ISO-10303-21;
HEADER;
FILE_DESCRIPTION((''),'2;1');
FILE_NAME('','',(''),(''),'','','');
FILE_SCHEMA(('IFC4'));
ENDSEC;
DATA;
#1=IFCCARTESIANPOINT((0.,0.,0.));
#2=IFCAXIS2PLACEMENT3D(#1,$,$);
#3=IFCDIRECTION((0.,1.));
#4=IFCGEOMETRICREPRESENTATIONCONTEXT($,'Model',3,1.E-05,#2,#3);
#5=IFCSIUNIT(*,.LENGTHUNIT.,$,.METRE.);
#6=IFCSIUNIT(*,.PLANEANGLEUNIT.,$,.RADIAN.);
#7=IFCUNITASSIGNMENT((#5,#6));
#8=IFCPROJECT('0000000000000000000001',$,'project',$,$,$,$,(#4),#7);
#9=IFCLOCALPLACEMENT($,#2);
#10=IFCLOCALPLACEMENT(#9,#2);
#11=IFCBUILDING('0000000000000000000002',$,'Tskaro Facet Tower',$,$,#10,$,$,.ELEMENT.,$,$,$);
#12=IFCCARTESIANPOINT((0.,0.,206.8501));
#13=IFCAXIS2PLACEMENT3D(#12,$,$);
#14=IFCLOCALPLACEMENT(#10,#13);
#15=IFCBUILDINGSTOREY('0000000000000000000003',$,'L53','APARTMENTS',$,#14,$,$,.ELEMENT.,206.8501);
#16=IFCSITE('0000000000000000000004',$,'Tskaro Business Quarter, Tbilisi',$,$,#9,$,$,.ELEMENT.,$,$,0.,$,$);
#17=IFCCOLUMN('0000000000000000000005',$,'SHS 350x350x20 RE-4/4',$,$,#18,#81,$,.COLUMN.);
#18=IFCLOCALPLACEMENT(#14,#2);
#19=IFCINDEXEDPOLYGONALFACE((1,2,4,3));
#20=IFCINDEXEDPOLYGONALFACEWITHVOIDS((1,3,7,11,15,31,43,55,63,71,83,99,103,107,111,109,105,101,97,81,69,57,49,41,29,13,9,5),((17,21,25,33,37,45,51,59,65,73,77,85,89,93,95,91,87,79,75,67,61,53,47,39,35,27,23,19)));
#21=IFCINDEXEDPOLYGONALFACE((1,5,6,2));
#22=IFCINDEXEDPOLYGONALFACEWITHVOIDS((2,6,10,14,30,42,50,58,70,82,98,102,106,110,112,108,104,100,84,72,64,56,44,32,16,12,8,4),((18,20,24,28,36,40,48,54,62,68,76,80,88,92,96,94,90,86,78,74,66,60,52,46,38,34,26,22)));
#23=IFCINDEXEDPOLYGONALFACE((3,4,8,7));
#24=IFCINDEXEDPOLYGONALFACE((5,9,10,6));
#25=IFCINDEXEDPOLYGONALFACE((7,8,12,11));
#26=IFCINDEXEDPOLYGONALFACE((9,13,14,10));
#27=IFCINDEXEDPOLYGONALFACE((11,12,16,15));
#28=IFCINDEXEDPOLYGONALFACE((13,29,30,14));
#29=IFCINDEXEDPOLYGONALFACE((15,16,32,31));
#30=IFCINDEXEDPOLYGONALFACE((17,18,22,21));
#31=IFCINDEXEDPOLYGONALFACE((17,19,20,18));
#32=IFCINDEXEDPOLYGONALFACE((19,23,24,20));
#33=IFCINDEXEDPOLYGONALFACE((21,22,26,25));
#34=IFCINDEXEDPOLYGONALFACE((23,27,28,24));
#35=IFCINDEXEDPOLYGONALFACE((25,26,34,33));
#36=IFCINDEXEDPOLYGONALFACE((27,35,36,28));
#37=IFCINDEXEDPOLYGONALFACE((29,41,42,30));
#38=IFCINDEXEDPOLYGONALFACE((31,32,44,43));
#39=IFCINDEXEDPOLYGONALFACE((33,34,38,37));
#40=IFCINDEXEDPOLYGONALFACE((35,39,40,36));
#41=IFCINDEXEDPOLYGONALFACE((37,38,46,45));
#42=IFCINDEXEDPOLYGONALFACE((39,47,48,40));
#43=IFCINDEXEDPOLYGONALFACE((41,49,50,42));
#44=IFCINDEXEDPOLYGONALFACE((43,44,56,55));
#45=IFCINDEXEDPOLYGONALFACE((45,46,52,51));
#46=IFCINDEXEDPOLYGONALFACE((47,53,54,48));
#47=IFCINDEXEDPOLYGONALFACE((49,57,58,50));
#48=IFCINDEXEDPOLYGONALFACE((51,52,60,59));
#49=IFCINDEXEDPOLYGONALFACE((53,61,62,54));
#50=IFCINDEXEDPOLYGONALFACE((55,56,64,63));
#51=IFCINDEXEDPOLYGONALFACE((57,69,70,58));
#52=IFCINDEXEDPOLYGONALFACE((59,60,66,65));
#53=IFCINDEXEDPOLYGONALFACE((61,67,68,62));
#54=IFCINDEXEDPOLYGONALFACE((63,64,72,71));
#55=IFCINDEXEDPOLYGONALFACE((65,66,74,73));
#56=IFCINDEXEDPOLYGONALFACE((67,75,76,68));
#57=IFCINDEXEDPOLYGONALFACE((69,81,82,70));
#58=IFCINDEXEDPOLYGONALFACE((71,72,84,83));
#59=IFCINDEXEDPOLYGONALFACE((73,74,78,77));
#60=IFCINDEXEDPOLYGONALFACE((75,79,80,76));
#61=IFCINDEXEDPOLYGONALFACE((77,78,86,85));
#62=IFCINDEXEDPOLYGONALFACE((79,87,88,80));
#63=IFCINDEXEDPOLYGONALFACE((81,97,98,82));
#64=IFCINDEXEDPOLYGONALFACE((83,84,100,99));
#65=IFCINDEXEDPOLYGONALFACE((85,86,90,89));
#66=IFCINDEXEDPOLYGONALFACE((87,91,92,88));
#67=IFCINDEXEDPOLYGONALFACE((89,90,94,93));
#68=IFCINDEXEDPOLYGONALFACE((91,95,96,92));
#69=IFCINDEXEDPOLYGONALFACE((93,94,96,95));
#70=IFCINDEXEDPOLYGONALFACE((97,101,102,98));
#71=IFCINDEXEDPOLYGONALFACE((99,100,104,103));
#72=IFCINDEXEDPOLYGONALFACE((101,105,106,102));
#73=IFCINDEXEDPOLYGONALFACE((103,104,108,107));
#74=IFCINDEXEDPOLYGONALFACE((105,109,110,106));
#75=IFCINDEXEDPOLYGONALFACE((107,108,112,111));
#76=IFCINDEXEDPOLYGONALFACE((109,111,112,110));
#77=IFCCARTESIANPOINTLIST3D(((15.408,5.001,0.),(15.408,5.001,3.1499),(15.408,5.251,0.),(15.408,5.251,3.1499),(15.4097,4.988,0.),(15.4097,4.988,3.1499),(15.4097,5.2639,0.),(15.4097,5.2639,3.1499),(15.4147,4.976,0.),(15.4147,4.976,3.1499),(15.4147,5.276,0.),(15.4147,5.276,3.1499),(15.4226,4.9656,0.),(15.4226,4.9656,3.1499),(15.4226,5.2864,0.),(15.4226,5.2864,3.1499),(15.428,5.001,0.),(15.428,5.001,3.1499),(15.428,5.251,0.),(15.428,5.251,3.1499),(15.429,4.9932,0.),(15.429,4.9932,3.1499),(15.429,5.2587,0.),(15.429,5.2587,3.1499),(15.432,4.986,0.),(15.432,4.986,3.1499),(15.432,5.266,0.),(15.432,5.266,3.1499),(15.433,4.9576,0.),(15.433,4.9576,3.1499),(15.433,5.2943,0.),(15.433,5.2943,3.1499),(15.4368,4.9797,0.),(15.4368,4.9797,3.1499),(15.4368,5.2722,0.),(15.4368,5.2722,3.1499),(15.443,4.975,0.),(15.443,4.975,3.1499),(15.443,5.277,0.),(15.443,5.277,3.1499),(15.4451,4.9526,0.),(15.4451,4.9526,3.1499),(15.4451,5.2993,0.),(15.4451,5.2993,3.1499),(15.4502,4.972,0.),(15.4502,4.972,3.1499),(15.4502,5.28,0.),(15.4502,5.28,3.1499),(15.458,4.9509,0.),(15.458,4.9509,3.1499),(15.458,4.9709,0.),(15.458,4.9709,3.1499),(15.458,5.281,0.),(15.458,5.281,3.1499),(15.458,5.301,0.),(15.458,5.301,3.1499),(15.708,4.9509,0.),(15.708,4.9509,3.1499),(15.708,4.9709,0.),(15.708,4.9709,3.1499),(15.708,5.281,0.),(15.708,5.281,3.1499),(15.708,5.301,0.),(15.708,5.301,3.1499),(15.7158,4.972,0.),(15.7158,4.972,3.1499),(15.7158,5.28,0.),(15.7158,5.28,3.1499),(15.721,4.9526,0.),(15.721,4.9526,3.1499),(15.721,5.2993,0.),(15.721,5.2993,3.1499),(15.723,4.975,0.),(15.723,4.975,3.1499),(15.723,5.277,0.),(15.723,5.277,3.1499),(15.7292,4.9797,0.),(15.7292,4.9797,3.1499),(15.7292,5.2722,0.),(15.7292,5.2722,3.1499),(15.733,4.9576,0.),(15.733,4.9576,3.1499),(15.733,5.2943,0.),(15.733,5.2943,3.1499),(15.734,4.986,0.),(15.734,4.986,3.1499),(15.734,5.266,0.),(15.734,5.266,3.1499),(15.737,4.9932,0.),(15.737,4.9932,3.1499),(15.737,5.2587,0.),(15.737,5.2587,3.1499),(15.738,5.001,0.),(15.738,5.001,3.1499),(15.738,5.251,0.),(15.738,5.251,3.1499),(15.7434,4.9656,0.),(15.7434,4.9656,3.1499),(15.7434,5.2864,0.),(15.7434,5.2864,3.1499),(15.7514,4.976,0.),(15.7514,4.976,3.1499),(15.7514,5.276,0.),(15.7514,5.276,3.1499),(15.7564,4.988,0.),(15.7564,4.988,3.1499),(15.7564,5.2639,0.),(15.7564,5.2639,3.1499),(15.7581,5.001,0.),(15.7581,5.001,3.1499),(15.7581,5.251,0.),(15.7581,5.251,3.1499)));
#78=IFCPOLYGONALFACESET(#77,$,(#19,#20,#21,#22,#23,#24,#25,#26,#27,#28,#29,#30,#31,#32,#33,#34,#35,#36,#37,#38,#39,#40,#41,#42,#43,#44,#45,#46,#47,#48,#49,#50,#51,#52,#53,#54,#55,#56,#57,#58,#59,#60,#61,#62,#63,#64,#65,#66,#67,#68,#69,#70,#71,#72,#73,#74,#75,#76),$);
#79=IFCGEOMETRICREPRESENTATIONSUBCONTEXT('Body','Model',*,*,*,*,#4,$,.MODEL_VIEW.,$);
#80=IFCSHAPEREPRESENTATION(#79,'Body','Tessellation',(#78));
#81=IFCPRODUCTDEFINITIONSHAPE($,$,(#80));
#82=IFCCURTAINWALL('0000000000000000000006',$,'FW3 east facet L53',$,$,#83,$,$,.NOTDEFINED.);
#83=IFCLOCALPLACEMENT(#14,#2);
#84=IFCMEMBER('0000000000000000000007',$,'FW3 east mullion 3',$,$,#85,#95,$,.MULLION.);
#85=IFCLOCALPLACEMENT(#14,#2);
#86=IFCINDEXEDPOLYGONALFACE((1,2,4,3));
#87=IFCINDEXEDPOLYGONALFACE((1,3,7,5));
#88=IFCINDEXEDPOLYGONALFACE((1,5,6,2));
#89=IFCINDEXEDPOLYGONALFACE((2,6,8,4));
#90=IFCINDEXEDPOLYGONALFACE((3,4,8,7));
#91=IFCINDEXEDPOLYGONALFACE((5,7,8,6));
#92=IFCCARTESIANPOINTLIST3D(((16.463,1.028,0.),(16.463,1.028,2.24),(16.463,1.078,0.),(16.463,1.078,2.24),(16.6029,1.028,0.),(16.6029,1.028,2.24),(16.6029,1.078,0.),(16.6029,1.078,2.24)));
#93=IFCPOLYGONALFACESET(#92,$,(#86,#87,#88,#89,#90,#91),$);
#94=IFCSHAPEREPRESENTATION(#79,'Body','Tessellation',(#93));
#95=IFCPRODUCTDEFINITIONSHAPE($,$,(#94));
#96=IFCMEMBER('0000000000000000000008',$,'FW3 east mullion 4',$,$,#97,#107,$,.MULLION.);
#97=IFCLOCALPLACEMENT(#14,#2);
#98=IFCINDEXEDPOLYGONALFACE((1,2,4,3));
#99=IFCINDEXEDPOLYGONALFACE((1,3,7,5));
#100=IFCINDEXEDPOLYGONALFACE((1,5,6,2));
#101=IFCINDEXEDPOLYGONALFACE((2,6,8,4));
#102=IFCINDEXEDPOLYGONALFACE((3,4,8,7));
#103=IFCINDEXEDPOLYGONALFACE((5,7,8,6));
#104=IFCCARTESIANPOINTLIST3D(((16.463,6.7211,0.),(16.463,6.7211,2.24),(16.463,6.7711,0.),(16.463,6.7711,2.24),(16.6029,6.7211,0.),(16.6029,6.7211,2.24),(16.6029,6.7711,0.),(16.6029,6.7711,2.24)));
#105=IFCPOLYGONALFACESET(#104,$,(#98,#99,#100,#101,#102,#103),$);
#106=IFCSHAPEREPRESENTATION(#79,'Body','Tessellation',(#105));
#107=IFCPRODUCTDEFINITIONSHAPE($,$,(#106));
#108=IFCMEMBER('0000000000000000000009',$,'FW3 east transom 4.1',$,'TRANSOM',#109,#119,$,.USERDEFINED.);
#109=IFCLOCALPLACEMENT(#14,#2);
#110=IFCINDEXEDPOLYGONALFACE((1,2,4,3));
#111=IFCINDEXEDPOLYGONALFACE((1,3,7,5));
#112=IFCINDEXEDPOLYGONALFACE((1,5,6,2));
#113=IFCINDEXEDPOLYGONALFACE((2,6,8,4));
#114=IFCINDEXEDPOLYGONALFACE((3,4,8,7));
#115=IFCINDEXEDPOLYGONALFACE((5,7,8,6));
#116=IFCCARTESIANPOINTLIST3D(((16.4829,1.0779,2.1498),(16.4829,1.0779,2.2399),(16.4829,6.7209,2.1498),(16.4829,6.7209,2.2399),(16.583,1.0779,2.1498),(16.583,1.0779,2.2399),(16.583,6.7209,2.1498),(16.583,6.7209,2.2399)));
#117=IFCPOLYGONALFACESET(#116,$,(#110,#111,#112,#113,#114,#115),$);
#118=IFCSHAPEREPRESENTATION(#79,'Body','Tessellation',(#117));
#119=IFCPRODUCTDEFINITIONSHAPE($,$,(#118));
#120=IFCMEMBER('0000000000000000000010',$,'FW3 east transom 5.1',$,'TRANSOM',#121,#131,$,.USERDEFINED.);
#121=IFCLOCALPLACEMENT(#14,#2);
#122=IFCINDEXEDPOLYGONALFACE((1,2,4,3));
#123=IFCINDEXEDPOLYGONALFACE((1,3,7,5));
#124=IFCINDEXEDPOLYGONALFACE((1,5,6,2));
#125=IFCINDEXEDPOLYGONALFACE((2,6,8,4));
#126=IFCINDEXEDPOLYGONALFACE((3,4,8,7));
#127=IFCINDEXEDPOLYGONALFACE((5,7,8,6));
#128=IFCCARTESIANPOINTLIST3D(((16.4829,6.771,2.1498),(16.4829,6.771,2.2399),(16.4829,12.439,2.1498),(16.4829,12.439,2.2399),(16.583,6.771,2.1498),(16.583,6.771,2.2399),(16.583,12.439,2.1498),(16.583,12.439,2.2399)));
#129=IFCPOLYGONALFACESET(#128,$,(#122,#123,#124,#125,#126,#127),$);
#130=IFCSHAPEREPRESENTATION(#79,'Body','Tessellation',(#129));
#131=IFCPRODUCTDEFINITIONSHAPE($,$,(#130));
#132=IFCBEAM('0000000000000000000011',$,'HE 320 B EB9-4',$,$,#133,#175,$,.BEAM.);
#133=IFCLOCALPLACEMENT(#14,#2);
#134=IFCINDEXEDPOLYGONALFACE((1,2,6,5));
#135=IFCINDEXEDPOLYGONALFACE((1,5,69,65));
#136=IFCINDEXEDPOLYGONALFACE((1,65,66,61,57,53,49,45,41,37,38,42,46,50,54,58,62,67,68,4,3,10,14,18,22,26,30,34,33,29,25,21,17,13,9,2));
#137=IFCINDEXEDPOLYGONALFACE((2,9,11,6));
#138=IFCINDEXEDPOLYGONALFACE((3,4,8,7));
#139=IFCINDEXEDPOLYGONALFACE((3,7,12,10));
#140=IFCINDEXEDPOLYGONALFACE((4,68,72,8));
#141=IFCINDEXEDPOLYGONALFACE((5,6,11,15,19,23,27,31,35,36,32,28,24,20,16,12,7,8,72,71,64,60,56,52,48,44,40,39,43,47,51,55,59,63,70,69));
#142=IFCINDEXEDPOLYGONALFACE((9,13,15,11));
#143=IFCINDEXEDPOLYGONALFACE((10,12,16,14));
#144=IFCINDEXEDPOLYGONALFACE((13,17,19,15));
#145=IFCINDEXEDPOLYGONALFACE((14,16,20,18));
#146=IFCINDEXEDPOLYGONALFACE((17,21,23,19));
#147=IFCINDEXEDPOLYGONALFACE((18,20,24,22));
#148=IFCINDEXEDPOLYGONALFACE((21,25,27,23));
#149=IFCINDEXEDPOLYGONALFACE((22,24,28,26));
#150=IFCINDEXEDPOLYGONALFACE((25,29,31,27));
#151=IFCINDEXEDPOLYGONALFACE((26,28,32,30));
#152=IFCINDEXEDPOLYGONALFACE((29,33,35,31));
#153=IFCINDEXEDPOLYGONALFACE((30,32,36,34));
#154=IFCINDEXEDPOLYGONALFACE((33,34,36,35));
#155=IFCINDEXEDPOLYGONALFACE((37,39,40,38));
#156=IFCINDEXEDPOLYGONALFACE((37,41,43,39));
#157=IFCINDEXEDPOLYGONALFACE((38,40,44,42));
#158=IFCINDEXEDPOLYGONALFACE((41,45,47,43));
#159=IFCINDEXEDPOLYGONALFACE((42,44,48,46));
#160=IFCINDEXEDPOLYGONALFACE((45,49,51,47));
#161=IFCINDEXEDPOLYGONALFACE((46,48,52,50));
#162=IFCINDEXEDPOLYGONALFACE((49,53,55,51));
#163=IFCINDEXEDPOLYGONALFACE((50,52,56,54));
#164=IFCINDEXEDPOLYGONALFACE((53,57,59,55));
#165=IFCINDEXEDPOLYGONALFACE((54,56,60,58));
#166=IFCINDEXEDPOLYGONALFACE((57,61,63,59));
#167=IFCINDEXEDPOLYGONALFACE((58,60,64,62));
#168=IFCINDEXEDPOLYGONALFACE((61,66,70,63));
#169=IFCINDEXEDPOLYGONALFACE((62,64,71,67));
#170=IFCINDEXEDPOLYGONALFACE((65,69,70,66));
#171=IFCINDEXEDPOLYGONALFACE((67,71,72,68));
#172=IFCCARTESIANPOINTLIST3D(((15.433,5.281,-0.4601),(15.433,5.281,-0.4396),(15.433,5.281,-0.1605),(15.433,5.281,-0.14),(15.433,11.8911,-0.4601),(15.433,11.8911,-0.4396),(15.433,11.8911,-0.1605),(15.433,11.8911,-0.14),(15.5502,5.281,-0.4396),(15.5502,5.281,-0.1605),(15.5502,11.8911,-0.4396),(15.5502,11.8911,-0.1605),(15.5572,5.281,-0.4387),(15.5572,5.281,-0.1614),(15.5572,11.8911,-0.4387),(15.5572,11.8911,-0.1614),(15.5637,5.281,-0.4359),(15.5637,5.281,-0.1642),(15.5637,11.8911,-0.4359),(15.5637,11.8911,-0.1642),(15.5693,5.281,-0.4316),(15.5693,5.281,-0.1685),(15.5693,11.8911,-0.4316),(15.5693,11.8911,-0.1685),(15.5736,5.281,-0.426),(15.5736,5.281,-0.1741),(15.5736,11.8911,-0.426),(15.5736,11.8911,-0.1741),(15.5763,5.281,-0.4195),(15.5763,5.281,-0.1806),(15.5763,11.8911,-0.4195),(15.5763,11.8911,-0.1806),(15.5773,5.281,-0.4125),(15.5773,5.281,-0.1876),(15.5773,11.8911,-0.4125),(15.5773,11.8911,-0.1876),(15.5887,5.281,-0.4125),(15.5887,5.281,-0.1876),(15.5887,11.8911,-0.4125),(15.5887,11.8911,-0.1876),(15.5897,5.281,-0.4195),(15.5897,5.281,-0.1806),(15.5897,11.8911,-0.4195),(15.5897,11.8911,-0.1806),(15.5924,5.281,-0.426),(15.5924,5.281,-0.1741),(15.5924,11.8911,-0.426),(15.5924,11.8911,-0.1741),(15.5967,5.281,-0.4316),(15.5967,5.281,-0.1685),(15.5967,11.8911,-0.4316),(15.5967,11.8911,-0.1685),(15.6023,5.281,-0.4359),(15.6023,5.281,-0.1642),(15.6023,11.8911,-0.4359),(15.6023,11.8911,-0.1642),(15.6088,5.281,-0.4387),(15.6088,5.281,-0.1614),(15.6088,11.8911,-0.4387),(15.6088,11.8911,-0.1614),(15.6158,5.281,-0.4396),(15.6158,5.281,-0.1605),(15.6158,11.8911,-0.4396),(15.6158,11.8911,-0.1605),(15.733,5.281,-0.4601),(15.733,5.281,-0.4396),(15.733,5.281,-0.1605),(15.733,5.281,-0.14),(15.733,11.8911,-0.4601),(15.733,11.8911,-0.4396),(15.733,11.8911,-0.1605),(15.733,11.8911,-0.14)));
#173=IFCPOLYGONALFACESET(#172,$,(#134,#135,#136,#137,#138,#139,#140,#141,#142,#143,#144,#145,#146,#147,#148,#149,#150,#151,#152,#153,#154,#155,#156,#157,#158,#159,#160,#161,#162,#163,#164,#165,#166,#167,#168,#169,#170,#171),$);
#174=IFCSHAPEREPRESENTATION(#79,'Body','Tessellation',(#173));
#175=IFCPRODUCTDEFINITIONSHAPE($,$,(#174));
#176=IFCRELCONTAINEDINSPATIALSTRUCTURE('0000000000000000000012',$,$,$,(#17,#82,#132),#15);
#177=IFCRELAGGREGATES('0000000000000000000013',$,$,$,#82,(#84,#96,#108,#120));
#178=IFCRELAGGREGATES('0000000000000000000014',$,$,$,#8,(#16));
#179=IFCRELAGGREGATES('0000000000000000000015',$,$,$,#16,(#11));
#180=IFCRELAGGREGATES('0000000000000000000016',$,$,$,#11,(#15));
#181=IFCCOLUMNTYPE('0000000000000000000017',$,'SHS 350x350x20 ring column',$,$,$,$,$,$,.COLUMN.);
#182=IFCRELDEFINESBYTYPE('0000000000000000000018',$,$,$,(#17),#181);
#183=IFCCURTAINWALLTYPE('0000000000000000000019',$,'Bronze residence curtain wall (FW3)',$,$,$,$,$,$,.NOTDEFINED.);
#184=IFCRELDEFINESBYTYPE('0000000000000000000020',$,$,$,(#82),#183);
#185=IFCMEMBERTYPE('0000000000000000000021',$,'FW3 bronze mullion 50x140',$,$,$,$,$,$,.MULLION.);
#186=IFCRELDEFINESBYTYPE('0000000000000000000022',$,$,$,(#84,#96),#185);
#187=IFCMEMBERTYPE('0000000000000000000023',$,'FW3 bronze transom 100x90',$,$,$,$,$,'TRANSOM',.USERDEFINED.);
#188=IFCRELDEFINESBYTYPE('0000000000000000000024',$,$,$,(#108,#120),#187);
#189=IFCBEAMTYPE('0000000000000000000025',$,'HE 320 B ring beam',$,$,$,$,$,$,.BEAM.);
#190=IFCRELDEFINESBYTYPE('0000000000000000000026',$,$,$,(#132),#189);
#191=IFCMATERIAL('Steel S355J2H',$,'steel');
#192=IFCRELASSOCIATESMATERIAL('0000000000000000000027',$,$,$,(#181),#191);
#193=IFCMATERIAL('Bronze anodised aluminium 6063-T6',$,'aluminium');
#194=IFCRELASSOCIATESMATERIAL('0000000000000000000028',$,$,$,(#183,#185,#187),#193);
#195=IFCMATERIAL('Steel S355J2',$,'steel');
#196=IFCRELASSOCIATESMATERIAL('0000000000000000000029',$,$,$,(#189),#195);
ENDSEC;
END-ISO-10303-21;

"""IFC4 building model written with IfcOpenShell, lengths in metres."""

from ifc_helpers import new_model, si_unit, direction, frame, origin, origin_2d, place, context, subcontext, project, spatial, rectangle, hollow_rectangle, i_section, extrude, material, material_profile, profile_set, type_object, element, aggregate, save


model = new_model("IFC4")

# Units and contexts
model_context = context("Model", 3, precision=1e-05, world=origin(), true_north=direction((0.0, 1.0)))
body_context = subcontext(model_context, "Body", "Model", "MODEL_VIEW")
ifc_project = project(units=[si_unit("LENGTHUNIT", "METRE"), si_unit("PLANEANGLEUNIT", "RADIAN")], contexts=[model_context])

# Site, building, storey
site_placement = place(None, origin())
site = spatial("IfcSite", under=ifc_project, at=site_placement, Name="Tskaro Business Quarter, Tbilisi", CompositionType="ELEMENT", RefElevation=0.0)
building_placement = place(site_placement, origin())
building = spatial("IfcBuilding", under=site, at=building_placement, Name="Tskaro Facet Tower", CompositionType="ELEMENT")
storey_placement = place(building_placement, frame((0.0, 0.0, 206.8501)))
storey = spatial("IfcBuildingStorey", under=building, at=storey_placement, Name="L53", Description="APARTMENTS", CompositionType="ELEMENT", Elevation=206.8501)

# Column
ifc_material_1 = material(Name="Steel S355J2H", Category="steel")
ifc_material_profile_1 = material_profile(ifc_material_1, hollow_rectangle(XDim=0.3501, YDim=0.3501, WallThickness=0.02, InnerFilletRadius=0.03, OuterFilletRadius=0.05, at=origin_2d()), Name="SHS 350x350x20")
ifc_profile_set_1 = profile_set([ifc_material_profile_1], Name="Steel S355J2H")
column_type = type_object("IfcColumnType", Name="SHS 350x350x20 ring column", PredefinedType="COLUMN", material=ifc_profile_set_1)
column_placement = place(storey_placement, frame((15.583, 5.126, 0.0), z_axis=(0.0, 0.0, 1.0), x_axis=(1.0, 0.0, 0.0)))
element("IfcColumn", 1, at=column_placement, inside=storey, type_object=column_type, Name="SHS 350x350x20 RE-4/4", PredefinedType="COLUMN", context=body_context, shape_type="SweptSolid", body=[
    extrude(hollow_rectangle(XDim=0.3501, YDim=0.3501, WallThickness=0.02, InnerFilletRadius=0.03, OuterFilletRadius=0.05, at=origin_2d()), origin(), (0.0, 0.0, 1.0), 3.1499),
])

# Curtain wall, members
ifc_material_2 = material(Name="Bronze anodised aluminium 6063-T6", Category="aluminium")
curtain_wall_type = type_object("IfcCurtainWallType", Name="Bronze residence curtain wall (FW3)", PredefinedType="NOTDEFINED", material=ifc_material_2)
curtain_wall_placement = place(storey_placement, origin())
curtain_wall = element("IfcCurtainWall", 2, at=curtain_wall_placement, inside=storey, type_object=curtain_wall_type, Name="FW3 east facet L53", PredefinedType="NOTDEFINED")
ifc_material_profile_2 = material_profile(ifc_material_2, rectangle(XDim=0.05, YDim=0.1399, at=origin_2d()), Name="Mullion 50x140")
ifc_profile_set_2 = profile_set([ifc_material_profile_2], Name="Bronze anodised aluminium 6063-T6")
member_type_1 = type_object("IfcMemberType", Name="FW3 bronze mullion 50x140", PredefinedType="MULLION", material=ifc_profile_set_2)
member_1_placement = place(storey_placement, frame((16.533, 1.053, 0.0), z_axis=(0.0, 0.0, 1.0), x_axis=(0.0, 1.0, 0.0)))
member_1 = element("IfcMember", 3, at=member_1_placement, type_object=member_type_1, Name="FW3 east mullion 3", PredefinedType="MULLION", context=body_context, shape_type="SweptSolid", body=[
    extrude(rectangle(XDim=0.05, YDim=0.1399, at=origin_2d()), origin(), (0.0, 0.0, 1.0), 2.24),
])
member_2_placement = place(storey_placement, frame((16.533, 6.7461, 0.0), z_axis=(0.0, 0.0, 1.0), x_axis=(0.0, 1.0, 0.0)))
member_2 = element("IfcMember", 4, at=member_2_placement, type_object=member_type_1, Name="FW3 east mullion 4", PredefinedType="MULLION", context=body_context, shape_type="SweptSolid", body=[
    extrude(rectangle(XDim=0.05, YDim=0.1399, at=origin_2d()), origin(), (0.0, 0.0, 1.0), 2.24),
])
ifc_material_profile_3 = material_profile(ifc_material_2, rectangle(XDim=0.1001, YDim=0.0901, at=origin_2d()), Name="Transom 100x90")
ifc_profile_set_3 = profile_set([ifc_material_profile_3], Name="Bronze anodised aluminium 6063-T6")
member_type_2 = type_object("IfcMemberType", Name="FW3 bronze transom 100x90", ElementType="TRANSOM", PredefinedType="USERDEFINED", material=ifc_profile_set_3)
member_3_placement = place(storey_placement, frame((16.533, 1.0779, 2.1948), z_axis=(0.0, 1.0, 0.0), x_axis=(-1.0, 0.0, 0.0)))
member_3 = element("IfcMember", 5, at=member_3_placement, type_object=member_type_2, Name="FW3 east transom 4.1", ObjectType="TRANSOM", PredefinedType="USERDEFINED", context=body_context, shape_type="SweptSolid", body=[
    extrude(rectangle(XDim=0.1001, YDim=0.0901, at=origin_2d()), origin(), (0.0, 0.0, 1.0), 5.6431),
])
member_4_placement = place(storey_placement, frame((16.533, 6.771, 2.1948), z_axis=(0.0, 1.0, 0.0), x_axis=(-1.0, 0.0, 0.0)))
member_4 = element("IfcMember", 6, at=member_4_placement, type_object=member_type_2, Name="FW3 east transom 5.1", ObjectType="TRANSOM", PredefinedType="USERDEFINED", context=body_context, shape_type="SweptSolid", body=[
    extrude(rectangle(XDim=0.1001, YDim=0.0901, at=origin_2d()), origin(), (0.0, 0.0, 1.0), 5.668),
])

# Beam
ifc_material_3 = material(Name="Steel S355J2", Category="steel")
ifc_material_profile_4 = material_profile(ifc_material_3, i_section(OverallWidth=0.3, OverallDepth=0.3201, WebThickness=0.0115, FlangeThickness=0.0205, FilletRadius=0.0271, at=origin_2d()), Name="HE 320 B")
ifc_profile_set_4 = profile_set([ifc_material_profile_4], Name="Steel S355J2")
beam_type_1 = type_object("IfcBeamType", Name="HE 320 B ring beam", PredefinedType="BEAM", material=ifc_profile_set_4)
beam_1_placement = place(storey_placement, frame((15.583, 5.281, -0.3), z_axis=(0.0, 1.0, 0.0), x_axis=(-1.0, 0.0, 0.0)))
element("IfcBeam", 7, at=beam_1_placement, inside=storey, type_object=beam_type_1, Name="HE 320 B EB9-4", PredefinedType="BEAM", context=body_context, shape_type="SweptSolid", body=[
    extrude(i_section(OverallWidth=0.3, OverallDepth=0.3201, WebThickness=0.0115, FlangeThickness=0.0205, FilletRadius=0.0271, at=origin_2d()), origin(), (0.0, 0.0, 1.0), 6.6101),
])

aggregate(curtain_wall, [member_1, member_2, member_3, member_4])

save(model, "model.ifc")
